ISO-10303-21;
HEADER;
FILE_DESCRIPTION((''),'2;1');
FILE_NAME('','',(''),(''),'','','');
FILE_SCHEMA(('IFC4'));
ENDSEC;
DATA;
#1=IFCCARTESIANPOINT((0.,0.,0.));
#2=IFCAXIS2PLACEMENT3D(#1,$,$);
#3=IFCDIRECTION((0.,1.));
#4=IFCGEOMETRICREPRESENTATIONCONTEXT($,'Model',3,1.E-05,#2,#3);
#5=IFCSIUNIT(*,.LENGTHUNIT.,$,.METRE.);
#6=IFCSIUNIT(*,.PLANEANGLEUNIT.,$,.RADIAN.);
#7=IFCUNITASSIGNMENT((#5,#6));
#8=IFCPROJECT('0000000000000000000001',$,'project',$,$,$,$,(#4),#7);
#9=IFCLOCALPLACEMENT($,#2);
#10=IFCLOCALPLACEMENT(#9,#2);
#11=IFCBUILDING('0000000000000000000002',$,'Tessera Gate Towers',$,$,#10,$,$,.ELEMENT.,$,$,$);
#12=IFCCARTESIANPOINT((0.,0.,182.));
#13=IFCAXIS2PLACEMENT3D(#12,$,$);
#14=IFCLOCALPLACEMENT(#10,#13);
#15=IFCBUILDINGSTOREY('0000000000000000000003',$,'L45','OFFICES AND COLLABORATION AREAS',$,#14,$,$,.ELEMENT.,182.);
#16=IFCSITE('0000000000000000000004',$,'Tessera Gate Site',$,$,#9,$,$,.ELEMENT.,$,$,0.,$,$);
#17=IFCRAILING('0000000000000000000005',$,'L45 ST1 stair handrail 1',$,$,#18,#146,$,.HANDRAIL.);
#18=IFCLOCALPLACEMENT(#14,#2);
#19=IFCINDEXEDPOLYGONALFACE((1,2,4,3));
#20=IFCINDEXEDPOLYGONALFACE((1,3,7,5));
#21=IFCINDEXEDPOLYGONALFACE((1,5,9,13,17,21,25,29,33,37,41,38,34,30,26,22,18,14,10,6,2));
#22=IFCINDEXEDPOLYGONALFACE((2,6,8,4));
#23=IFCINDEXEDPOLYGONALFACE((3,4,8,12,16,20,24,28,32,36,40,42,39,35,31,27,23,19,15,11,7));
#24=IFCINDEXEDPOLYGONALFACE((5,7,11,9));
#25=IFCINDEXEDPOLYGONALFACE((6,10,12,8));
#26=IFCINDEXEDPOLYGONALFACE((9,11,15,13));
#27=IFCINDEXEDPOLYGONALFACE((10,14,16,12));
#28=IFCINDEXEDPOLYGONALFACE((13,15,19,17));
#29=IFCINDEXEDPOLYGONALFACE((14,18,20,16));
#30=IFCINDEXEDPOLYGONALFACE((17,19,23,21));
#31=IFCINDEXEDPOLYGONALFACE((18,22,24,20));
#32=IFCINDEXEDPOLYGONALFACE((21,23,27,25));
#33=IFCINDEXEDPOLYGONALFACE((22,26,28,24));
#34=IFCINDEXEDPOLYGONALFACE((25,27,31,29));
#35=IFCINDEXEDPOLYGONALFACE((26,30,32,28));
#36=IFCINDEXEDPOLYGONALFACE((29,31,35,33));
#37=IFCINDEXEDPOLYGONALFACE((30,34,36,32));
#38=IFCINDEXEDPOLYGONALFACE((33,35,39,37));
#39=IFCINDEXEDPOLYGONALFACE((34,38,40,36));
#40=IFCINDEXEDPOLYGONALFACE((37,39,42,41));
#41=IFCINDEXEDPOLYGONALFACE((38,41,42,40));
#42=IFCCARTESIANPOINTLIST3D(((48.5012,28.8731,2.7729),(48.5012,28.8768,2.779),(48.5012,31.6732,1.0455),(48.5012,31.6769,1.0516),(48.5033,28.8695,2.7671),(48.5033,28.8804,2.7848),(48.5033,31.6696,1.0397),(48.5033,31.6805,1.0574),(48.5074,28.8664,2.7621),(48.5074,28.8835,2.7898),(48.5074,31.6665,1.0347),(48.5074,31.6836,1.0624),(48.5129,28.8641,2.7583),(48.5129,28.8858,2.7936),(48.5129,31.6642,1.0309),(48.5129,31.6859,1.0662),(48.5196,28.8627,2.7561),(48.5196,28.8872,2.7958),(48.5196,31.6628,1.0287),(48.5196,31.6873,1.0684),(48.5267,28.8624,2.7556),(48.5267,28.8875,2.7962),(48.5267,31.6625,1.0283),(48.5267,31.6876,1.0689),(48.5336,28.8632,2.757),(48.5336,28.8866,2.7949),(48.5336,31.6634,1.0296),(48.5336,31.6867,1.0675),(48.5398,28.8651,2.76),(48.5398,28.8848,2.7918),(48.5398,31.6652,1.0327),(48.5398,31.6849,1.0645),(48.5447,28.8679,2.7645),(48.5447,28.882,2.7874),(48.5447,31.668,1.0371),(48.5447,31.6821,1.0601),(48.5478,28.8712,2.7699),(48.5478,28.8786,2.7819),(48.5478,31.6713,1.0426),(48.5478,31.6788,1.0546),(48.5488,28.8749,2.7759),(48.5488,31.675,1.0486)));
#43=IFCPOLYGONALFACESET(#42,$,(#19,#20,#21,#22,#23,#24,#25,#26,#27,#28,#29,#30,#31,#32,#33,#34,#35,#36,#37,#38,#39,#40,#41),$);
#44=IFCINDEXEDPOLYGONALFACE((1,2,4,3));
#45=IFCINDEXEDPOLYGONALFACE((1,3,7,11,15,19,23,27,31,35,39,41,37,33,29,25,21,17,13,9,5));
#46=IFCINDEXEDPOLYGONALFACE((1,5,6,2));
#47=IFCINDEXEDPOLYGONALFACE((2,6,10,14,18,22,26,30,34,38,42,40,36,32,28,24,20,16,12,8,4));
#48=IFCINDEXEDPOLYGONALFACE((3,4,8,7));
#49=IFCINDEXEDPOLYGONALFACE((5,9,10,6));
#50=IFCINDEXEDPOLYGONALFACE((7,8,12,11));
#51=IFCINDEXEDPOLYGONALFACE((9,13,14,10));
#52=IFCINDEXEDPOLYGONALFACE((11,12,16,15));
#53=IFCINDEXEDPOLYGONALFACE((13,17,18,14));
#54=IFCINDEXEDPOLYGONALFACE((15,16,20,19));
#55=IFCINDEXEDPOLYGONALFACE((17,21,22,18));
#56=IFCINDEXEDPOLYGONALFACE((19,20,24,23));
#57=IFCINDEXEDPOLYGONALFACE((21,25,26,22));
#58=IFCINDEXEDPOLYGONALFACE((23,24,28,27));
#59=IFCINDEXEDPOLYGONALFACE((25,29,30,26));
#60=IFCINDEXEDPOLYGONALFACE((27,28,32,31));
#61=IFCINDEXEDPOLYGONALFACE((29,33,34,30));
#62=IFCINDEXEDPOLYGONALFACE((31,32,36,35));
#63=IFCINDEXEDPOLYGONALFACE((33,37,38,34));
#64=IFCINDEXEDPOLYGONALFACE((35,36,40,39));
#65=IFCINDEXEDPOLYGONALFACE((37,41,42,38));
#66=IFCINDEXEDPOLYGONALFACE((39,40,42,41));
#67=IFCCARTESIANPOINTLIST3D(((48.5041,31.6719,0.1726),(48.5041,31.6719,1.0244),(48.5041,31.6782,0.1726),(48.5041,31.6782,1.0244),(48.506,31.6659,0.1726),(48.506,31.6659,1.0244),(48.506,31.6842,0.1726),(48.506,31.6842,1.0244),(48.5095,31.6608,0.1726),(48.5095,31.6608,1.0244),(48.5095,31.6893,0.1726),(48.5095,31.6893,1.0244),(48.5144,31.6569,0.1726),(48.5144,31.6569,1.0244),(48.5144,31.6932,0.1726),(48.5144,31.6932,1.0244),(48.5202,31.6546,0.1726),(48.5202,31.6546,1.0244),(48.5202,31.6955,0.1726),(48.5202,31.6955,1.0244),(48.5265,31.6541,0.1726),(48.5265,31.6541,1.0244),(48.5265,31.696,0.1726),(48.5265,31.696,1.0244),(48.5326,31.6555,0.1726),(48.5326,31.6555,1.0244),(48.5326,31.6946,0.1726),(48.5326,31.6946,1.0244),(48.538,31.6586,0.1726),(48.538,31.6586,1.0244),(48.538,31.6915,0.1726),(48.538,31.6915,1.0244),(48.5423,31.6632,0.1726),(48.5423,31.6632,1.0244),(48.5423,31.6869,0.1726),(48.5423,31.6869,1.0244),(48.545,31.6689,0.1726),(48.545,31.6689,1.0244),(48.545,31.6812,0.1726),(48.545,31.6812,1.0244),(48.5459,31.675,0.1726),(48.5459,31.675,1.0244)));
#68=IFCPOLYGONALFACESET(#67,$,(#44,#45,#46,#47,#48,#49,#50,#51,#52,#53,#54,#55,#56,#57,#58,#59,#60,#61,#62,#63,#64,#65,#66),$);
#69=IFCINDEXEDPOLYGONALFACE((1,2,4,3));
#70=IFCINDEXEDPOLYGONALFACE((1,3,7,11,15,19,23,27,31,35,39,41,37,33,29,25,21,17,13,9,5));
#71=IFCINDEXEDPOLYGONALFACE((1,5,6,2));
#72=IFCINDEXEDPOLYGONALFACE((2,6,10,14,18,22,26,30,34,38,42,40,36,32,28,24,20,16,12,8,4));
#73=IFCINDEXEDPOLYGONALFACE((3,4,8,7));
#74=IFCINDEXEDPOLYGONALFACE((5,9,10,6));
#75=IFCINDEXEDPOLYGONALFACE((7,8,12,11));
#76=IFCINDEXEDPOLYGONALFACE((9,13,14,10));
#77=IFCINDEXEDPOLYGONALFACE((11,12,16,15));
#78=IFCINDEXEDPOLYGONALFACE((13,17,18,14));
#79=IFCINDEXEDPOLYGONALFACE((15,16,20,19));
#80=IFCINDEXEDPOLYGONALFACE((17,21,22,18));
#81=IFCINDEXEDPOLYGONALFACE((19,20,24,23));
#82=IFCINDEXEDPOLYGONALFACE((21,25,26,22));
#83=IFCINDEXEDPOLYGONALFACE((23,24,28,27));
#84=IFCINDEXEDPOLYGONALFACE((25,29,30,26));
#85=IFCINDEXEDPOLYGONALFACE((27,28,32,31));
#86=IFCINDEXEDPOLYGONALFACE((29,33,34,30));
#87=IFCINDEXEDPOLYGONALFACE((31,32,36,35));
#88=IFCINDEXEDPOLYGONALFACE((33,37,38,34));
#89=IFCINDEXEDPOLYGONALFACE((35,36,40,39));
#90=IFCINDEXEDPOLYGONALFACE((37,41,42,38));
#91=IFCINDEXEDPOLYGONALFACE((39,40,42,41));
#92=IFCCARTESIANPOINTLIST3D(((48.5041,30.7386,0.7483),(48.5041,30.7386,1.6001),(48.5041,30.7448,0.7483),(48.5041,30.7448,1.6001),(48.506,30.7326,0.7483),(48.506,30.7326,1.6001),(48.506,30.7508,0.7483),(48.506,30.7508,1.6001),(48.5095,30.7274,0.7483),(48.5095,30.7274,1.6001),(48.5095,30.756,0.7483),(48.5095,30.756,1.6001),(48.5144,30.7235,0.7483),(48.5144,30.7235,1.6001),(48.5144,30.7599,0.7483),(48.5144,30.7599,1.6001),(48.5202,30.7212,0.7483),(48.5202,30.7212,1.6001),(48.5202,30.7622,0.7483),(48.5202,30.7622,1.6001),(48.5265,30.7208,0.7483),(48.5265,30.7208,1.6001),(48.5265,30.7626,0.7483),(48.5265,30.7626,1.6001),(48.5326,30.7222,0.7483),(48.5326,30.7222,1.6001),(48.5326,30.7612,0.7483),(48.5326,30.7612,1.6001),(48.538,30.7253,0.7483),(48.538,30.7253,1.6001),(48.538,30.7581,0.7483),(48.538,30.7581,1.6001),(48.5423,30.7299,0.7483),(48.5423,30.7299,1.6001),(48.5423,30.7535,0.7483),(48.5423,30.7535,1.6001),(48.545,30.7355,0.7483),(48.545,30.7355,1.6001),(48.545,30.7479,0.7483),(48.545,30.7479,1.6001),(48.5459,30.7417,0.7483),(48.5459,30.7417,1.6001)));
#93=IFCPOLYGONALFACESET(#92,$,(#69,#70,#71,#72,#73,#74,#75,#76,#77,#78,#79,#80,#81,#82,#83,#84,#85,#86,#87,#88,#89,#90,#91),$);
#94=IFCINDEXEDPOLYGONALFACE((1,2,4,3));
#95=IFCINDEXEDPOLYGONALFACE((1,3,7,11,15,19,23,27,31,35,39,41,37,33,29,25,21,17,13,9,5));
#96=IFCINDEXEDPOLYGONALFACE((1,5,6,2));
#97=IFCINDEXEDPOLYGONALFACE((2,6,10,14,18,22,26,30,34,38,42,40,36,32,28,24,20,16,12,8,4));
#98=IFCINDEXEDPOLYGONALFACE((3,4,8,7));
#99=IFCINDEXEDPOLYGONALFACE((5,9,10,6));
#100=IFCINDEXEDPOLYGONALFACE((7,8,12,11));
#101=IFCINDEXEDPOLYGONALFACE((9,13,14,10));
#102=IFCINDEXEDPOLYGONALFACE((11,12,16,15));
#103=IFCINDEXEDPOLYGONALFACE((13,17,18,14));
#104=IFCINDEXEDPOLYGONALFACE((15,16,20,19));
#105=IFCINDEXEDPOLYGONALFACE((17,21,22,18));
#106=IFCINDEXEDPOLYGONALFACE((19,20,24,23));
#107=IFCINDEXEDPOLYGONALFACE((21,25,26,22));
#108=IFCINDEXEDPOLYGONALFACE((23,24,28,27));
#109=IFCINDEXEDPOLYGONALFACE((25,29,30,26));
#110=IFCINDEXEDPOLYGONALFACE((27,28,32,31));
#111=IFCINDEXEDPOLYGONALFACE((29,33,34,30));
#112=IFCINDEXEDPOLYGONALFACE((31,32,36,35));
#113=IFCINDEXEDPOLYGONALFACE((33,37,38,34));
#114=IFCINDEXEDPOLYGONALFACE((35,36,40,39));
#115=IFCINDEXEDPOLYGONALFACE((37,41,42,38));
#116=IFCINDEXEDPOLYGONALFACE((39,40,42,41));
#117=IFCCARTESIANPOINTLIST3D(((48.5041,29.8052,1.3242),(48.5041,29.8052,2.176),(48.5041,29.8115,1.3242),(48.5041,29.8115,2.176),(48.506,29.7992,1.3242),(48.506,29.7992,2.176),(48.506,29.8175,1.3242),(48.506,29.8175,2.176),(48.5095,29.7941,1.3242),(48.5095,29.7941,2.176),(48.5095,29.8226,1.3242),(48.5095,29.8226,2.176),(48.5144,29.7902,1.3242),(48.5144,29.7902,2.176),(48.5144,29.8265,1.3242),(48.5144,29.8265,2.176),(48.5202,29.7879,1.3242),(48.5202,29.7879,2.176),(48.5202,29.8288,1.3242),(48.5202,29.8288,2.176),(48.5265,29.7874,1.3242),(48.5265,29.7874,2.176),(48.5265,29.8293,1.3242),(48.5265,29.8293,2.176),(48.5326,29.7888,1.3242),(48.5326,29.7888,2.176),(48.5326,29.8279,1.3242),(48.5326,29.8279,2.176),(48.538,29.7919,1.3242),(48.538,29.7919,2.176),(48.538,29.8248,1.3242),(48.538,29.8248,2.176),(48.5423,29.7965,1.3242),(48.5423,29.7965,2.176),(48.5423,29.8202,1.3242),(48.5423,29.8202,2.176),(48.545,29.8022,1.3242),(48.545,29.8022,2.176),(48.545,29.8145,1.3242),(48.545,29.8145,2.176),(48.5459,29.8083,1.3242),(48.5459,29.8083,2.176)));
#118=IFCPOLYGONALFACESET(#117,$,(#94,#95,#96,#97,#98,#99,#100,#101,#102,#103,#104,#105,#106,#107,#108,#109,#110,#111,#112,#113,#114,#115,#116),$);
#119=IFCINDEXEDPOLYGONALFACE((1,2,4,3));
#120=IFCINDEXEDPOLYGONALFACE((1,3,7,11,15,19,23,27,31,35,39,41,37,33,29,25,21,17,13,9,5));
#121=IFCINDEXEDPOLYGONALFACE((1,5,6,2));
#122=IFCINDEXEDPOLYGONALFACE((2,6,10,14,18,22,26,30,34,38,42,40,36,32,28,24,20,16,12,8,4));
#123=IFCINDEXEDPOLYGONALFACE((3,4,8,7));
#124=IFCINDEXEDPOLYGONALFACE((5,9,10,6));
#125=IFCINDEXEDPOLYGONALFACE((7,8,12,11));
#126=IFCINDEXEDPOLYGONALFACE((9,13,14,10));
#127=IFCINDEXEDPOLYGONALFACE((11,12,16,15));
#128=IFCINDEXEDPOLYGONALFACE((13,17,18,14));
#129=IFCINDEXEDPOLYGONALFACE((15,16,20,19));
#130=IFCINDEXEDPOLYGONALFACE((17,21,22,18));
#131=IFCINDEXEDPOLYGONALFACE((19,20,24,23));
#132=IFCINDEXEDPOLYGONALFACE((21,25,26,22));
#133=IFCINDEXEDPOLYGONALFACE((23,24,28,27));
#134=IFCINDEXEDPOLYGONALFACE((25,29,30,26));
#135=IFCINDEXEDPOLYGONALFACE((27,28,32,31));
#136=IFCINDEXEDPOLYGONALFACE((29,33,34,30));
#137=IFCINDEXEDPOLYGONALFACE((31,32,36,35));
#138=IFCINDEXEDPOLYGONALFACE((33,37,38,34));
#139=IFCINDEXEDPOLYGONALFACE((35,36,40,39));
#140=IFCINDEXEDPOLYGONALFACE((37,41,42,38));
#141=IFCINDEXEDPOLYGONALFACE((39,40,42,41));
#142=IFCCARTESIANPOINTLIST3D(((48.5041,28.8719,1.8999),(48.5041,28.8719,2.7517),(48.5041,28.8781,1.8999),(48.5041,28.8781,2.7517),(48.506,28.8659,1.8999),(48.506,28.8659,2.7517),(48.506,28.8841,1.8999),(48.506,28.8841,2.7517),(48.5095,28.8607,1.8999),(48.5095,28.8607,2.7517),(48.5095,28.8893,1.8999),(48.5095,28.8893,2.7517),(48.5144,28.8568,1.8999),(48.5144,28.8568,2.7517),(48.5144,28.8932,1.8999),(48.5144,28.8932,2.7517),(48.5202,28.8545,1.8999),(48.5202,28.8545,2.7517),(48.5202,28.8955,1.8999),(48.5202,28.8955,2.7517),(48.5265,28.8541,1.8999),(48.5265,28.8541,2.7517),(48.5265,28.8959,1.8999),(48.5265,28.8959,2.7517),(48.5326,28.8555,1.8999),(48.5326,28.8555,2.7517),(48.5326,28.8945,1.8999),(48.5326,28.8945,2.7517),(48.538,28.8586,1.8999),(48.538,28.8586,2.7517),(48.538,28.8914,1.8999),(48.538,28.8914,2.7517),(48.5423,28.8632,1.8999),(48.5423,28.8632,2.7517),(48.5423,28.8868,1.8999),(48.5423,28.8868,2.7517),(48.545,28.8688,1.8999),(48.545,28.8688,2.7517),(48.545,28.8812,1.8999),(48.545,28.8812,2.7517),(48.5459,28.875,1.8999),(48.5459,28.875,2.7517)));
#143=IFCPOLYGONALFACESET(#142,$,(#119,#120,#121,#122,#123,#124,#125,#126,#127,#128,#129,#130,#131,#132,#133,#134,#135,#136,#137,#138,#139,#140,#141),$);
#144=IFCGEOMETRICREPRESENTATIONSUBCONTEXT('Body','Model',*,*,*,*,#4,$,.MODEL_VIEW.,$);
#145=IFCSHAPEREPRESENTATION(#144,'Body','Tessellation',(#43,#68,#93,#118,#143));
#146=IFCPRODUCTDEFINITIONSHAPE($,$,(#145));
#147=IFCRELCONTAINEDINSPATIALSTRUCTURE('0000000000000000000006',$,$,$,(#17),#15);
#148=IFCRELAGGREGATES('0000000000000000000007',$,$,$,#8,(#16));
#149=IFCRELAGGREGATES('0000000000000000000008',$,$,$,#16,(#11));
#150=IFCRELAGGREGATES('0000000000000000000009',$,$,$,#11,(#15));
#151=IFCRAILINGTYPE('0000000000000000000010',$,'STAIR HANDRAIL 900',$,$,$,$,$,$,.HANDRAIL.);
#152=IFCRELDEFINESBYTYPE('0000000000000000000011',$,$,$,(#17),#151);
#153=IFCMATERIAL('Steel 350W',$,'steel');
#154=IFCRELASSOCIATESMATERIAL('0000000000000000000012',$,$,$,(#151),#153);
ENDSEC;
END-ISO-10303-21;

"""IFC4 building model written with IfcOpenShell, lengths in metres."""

from ifc_helpers import new_model, si_unit, direction, frame, origin, origin_2d, place, context, subcontext, project, spatial, circle, extrude, material, type_object, element, save


model = new_model("IFC4")

# Units and contexts
model_context = context("Model", 3, precision=1e-05, world=origin(), true_north=direction((0.0, 1.0)))
body_context = subcontext(model_context, "Body", "Model", "MODEL_VIEW")
ifc_project = project(units=[si_unit("LENGTHUNIT", "METRE"), si_unit("PLANEANGLEUNIT", "RADIAN")], contexts=[model_context])

# Site, building, storey
site_placement = place(None, origin())
site = spatial("IfcSite", under=ifc_project, at=site_placement, Name="Tessera Gate Site", CompositionType="ELEMENT", RefElevation=0.0)
building_placement = place(site_placement, origin())
building = spatial("IfcBuilding", under=site, at=building_placement, Name="Tessera Gate Towers", CompositionType="ELEMENT")
storey_placement = place(building_placement, frame((0.0, 0.0, 182.0)))
storey = spatial("IfcBuildingStorey", under=building, at=storey_placement, Name="L45", Description="OFFICES AND COLLABORATION AREAS", CompositionType="ELEMENT", Elevation=182.0)

# Railing
ifc_material_1 = material(Name="Steel 350W", Category="steel")
railing_type = type_object("IfcRailingType", Name="STAIR HANDRAIL 900", PredefinedType="HANDRAIL", material=ifc_material_1)
railing_placement = place(storey_placement, frame((48.5249, 31.675, 0.1726)))
element("IfcRailing", 1, at=railing_placement, inside=storey, type_object=railing_type, Name="L45 ST1 stair handrail 1", PredefinedType="HANDRAIL", context=body_context, shape_type="SweptSolid", body=[
    extrude(circle(Radius=0.0239, at=origin_2d()), frame((0.0, 0.0, 0.876), z_axis=(0.0, -0.85109, 0.52502), x_axis=(1.0, 0.0, 0.0)), (0.0, 0.0, 1.0), 3.29),
    extrude(circle(Radius=0.021, at=origin_2d()), origin(), (0.0, 0.0, 1.0), 0.8518),
    extrude(circle(Radius=0.021, at=origin_2d()), frame((0.0, -0.9333, 0.5757)), (0.0, 0.0, 1.0), 0.8518),
    extrude(circle(Radius=0.021, at=origin_2d()), frame((0.0, -1.8667, 1.1516)), (0.0, 0.0, 1.0), 0.8518),
    extrude(circle(Radius=0.021, at=origin_2d()), frame((0.0, -2.8, 1.7273)), (0.0, 0.0, 1.0), 0.8518),
])

save(model, "model.ifc")
